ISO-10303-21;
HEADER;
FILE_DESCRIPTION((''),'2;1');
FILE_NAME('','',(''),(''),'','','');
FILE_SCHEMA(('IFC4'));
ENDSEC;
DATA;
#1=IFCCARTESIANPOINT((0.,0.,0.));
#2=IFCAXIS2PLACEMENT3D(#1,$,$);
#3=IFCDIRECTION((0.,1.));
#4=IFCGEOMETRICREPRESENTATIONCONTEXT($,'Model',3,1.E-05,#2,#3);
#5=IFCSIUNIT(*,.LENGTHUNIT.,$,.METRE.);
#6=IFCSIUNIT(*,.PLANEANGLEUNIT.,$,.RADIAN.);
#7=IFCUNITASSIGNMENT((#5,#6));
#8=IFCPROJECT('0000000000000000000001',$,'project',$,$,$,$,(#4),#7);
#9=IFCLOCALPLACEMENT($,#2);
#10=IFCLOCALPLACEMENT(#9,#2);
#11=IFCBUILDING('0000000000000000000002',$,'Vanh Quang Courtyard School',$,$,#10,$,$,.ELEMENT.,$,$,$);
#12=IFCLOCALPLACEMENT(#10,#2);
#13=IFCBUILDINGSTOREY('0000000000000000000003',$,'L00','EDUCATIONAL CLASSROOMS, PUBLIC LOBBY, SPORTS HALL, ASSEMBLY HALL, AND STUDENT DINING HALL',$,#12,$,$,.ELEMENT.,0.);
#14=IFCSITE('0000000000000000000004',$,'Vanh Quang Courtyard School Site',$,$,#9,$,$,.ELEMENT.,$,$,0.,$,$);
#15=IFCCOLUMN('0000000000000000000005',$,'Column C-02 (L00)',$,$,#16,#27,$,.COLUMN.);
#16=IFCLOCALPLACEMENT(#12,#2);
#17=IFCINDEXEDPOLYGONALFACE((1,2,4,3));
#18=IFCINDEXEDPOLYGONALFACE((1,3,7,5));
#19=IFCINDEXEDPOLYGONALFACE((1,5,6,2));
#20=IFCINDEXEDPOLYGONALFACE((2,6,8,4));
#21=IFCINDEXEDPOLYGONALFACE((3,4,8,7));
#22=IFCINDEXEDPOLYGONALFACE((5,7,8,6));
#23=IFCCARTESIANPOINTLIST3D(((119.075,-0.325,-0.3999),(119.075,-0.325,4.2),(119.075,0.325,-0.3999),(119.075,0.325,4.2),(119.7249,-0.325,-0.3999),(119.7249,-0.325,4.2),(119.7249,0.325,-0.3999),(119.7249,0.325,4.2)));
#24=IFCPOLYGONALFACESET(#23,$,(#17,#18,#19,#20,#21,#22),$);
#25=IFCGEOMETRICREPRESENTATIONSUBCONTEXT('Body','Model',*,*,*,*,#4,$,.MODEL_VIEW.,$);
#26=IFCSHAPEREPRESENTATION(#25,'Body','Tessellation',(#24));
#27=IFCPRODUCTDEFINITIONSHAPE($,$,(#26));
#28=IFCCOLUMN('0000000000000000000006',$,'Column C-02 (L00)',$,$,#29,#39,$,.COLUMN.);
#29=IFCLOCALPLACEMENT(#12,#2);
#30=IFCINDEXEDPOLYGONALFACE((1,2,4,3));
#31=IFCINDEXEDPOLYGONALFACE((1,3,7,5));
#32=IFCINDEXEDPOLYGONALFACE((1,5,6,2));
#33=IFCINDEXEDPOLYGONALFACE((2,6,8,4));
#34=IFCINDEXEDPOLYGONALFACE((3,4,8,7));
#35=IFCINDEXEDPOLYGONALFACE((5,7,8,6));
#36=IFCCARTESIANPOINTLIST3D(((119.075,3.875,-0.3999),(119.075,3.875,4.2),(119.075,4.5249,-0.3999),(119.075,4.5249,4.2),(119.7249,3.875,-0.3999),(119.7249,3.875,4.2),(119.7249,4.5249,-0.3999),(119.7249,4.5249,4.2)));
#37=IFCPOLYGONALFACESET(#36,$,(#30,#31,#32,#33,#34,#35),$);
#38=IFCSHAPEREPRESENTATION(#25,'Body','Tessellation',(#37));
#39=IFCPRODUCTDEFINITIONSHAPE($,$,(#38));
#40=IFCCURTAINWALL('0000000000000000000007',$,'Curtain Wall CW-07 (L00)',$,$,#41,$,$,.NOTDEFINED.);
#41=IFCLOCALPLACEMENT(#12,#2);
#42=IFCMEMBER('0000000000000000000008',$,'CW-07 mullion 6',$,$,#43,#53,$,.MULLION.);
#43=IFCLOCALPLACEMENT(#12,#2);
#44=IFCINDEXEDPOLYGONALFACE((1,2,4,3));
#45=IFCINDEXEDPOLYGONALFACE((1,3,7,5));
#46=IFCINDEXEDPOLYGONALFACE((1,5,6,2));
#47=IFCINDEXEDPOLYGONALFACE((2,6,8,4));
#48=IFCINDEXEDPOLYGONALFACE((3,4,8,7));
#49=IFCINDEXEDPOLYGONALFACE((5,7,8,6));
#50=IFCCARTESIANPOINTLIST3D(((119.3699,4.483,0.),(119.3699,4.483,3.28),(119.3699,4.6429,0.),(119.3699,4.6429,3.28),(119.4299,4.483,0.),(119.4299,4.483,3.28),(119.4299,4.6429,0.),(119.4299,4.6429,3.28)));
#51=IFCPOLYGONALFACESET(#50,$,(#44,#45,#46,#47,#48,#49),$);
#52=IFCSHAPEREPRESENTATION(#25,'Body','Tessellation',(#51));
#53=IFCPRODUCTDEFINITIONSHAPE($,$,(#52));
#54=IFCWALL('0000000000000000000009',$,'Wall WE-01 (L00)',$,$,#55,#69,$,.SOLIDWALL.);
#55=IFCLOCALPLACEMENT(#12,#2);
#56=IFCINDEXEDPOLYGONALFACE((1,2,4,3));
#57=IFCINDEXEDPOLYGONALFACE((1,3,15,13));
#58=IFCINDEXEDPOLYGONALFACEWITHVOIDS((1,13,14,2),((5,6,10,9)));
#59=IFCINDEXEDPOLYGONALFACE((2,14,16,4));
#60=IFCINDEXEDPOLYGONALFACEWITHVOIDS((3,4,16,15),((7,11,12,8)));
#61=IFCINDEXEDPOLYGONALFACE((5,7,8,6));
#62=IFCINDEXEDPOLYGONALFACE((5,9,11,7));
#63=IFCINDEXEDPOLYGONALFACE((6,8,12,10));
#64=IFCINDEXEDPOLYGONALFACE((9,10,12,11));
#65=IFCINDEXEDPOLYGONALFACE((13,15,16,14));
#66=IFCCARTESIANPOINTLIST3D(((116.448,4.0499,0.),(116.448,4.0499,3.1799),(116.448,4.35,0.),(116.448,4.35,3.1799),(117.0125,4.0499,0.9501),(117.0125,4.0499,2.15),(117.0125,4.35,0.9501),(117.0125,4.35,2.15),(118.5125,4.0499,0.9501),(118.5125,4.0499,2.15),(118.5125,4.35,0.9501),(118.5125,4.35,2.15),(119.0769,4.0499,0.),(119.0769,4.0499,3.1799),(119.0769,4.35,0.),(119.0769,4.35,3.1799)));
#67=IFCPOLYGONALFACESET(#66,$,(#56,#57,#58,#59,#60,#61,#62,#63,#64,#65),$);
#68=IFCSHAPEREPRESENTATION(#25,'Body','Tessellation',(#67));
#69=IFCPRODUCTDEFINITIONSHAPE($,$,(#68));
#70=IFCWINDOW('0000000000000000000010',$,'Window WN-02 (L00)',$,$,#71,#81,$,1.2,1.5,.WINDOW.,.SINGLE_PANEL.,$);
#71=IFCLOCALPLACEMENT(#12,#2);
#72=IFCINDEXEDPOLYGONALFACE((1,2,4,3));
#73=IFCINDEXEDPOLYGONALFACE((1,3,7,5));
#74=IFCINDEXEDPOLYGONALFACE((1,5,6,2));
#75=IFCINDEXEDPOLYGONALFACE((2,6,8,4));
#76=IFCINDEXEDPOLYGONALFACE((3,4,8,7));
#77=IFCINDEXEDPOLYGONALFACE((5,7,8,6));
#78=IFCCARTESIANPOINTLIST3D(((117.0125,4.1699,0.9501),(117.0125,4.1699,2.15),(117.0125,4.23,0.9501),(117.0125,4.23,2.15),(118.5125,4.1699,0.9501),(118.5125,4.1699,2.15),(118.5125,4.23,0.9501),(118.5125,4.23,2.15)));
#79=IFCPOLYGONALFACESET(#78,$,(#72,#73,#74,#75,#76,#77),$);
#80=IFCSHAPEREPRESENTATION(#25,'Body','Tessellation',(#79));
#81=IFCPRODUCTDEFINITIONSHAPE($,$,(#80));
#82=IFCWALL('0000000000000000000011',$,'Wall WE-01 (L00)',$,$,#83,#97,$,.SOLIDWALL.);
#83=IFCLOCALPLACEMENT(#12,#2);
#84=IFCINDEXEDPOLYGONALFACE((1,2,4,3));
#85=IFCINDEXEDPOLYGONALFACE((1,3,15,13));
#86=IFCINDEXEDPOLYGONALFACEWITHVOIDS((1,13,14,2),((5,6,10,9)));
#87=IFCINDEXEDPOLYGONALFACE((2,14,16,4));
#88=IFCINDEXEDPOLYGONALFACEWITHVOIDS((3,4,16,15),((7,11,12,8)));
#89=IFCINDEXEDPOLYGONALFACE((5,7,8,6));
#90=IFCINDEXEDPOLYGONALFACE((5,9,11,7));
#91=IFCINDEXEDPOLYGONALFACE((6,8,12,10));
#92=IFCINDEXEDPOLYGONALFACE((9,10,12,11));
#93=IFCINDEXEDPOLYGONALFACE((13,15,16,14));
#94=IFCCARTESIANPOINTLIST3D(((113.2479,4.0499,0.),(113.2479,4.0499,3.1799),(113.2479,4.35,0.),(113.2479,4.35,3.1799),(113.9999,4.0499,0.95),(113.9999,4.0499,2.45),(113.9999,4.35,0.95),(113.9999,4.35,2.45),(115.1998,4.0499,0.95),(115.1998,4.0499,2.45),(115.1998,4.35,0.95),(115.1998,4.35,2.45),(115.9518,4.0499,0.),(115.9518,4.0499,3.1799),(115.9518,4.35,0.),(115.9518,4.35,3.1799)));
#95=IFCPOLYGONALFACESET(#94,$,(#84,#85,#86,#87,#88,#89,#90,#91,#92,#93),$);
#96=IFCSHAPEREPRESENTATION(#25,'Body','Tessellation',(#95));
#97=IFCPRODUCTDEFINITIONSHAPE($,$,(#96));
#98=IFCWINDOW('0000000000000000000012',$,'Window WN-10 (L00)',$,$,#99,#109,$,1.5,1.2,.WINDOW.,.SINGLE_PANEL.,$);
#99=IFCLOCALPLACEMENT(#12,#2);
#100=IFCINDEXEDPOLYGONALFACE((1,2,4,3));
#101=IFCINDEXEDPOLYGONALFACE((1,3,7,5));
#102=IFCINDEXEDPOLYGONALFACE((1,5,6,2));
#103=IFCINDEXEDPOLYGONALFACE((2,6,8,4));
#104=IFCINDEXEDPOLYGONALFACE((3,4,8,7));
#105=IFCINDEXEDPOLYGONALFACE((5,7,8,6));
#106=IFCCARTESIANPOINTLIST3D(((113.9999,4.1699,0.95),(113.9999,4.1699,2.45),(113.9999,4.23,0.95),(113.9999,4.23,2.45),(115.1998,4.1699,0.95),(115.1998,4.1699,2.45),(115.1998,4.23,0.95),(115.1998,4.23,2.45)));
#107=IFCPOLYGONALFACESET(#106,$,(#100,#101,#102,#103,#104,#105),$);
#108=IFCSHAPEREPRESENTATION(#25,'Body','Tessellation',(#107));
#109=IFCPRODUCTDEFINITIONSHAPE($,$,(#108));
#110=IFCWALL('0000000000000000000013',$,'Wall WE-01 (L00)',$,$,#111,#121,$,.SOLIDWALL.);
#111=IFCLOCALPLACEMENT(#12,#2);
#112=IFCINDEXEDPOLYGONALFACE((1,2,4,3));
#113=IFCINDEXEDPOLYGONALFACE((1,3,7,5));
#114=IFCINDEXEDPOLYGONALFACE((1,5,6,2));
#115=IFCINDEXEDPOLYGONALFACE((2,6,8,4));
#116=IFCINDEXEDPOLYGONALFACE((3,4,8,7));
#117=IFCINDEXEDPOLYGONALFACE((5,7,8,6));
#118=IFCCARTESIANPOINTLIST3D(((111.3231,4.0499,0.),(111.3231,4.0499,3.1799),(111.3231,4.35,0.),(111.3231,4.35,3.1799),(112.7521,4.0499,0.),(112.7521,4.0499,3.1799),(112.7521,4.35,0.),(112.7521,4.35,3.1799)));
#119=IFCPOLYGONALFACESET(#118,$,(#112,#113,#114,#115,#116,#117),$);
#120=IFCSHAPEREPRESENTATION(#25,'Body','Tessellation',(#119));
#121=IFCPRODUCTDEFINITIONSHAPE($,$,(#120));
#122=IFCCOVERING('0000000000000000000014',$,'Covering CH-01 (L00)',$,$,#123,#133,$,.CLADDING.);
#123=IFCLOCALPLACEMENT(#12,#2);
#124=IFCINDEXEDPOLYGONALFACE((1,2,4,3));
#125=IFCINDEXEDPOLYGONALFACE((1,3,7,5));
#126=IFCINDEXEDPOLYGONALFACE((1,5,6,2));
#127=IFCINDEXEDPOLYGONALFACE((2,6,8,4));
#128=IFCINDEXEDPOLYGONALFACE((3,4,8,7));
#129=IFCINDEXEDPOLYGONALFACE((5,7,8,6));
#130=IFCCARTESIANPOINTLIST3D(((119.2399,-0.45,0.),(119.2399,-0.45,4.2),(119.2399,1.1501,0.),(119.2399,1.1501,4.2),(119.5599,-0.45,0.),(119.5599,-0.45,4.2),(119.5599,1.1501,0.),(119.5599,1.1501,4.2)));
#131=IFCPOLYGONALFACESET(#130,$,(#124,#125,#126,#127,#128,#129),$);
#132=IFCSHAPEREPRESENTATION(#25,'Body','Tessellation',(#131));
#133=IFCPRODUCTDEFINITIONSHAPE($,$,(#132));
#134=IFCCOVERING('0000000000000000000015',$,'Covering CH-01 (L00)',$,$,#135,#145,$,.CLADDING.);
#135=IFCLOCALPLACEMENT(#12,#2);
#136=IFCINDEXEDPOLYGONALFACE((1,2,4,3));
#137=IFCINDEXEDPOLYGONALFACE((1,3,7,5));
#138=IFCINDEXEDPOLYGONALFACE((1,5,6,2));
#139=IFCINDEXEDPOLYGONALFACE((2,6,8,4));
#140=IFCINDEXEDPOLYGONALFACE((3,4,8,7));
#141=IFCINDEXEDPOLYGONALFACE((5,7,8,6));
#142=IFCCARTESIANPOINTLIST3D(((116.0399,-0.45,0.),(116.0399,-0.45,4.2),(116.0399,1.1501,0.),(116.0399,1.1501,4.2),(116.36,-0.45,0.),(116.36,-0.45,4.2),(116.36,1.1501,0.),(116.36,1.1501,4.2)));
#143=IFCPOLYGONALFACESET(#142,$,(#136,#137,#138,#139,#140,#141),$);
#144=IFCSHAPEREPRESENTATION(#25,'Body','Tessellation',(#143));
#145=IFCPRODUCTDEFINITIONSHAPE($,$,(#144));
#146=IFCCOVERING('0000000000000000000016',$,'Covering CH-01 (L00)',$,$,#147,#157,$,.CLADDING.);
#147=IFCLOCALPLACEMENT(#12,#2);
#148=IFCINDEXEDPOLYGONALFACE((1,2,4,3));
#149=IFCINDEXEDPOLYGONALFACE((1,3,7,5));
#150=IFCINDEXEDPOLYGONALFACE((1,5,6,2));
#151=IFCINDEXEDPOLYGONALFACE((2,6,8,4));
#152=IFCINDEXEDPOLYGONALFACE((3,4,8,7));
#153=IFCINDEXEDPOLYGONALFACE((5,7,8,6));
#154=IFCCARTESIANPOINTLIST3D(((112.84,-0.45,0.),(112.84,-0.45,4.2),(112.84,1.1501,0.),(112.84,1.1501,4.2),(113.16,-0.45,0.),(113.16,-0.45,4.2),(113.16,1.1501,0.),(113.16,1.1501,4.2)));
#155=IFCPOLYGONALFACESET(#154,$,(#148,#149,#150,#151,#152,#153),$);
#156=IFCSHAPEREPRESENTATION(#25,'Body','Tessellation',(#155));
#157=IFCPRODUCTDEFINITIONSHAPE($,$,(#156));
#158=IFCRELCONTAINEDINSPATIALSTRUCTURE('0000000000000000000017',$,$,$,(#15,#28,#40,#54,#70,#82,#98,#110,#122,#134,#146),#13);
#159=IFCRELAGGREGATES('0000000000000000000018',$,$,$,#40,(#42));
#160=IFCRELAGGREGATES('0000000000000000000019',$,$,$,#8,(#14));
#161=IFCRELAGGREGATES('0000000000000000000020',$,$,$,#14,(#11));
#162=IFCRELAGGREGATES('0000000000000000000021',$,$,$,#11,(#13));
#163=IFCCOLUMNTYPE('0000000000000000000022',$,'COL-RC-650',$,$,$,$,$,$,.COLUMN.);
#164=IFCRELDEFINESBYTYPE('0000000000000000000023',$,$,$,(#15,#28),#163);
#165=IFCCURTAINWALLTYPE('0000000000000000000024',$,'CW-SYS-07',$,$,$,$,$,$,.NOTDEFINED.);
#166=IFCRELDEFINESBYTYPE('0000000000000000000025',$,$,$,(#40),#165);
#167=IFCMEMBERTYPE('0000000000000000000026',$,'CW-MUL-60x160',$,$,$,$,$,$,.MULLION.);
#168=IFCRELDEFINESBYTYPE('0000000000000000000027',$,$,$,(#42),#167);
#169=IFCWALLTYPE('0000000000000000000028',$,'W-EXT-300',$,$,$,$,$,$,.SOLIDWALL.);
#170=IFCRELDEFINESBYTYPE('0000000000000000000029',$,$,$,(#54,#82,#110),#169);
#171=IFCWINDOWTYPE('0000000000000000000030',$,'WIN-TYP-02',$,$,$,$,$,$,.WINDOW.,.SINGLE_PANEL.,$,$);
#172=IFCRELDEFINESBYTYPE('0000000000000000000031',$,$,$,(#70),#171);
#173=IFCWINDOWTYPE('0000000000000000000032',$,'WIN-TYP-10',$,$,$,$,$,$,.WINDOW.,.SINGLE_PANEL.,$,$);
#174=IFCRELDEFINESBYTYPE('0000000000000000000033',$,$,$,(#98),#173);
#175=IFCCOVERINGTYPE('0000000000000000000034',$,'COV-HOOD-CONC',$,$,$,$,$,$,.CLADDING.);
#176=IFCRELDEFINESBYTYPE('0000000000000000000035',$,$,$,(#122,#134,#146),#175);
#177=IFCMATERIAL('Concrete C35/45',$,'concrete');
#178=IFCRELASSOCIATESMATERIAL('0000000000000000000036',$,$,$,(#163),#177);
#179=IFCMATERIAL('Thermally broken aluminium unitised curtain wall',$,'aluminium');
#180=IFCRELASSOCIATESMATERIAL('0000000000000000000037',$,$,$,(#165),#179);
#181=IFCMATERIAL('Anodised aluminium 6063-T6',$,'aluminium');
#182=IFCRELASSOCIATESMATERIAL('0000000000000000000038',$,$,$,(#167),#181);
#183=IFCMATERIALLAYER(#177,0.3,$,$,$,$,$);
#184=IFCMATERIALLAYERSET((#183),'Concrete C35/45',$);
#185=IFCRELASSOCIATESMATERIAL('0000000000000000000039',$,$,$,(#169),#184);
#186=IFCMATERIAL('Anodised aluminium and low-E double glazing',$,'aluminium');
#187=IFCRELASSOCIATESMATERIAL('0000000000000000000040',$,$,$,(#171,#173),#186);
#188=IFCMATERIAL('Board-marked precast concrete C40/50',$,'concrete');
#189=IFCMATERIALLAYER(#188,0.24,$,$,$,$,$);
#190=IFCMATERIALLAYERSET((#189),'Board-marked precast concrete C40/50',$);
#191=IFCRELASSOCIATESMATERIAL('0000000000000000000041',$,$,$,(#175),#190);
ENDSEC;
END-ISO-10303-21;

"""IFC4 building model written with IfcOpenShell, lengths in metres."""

from ifc_helpers import new_model, si_unit, direction, frame, frame_2d, origin, origin_2d, place, context, subcontext, project, spatial, rectangle, extrude, material, layer, layer_set, material_profile, profile_set, type_object, element, fill, aggregate, save


model = new_model("IFC4")

# Units and contexts
model_context = context("Model", 3, precision=1e-05, world=origin(), true_north=direction((0.0, 1.0)))
body_context = subcontext(model_context, "Body", "Model", "MODEL_VIEW")
ifc_project = project(units=[si_unit("LENGTHUNIT", "METRE"), si_unit("PLANEANGLEUNIT", "RADIAN")], contexts=[model_context])

# Site, building, storey
site_placement = place(None, origin())
site = spatial("IfcSite", under=ifc_project, at=site_placement, Name="Vanh Quang Courtyard School Site", CompositionType="ELEMENT", RefElevation=0.0)
building_placement = place(site_placement, origin())
building = spatial("IfcBuilding", under=site, at=building_placement, Name="Vanh Quang Courtyard School", CompositionType="ELEMENT")
storey_placement = place(building_placement, origin())
storey = spatial("IfcBuildingStorey", under=building, at=storey_placement, Name="L00", Description="EDUCATIONAL CLASSROOMS, PUBLIC LOBBY, SPORTS HALL, ASSEMBLY HALL, AND STUDENT DINING HALL", CompositionType="ELEMENT", Elevation=0.0)

# Shared definitions
ifc_material_1 = material(Name="Concrete C35/45", Category="concrete")

# Columns
ifc_material_profile_1 = material_profile(ifc_material_1, rectangle(XDim=0.6499, YDim=0.6499, at=origin_2d()), Name="RC-COL 650x650")
ifc_profile_set_1 = profile_set([ifc_material_profile_1], Name="Concrete C35/45")
column_type_1 = type_object("IfcColumnType", Name="COL-RC-650", PredefinedType="COLUMN", material=ifc_profile_set_1)
for number, where, z_axis, x_axis, name in (
    (1, (119.3999, 0.0, -0.3999), (0.0, 0.0, 1.0), (1.0, 0.0, 0.0), "Column C-02 (L00)"),
    (2, (119.3999, 4.2, -0.3999), (0.0, 0.0, 1.0), (1.0, 0.0, 0.0), "Column C-02 (L00)"),
):
    element("IfcColumn", number, at=place(storey_placement, frame(where, z_axis=z_axis, x_axis=x_axis)), inside=storey, type_object=column_type_1, Name=name, PredefinedType="COLUMN", context=body_context, shape_type="SweptSolid", body=[
        extrude(rectangle(XDim=0.6499, YDim=0.6499, at=origin_2d()), origin(), (0.0, 0.0, 1.0), 4.5999),
    ])

# Curtain wall, member
ifc_material_2 = material(Name="Thermally broken aluminium unitised curtain wall", Category="aluminium")
curtain_wall_type = type_object("IfcCurtainWallType", Name="CW-SYS-07", PredefinedType="NOTDEFINED", material=ifc_material_2)
curtain_wall_placement = place(storey_placement, origin())
curtain_wall = element("IfcCurtainWall", 3, at=curtain_wall_placement, inside=storey, type_object=curtain_wall_type, Name="Curtain Wall CW-07 (L00)", PredefinedType="NOTDEFINED")
ifc_material_3 = material(Name="Anodised aluminium 6063-T6", Category="aluminium")
ifc_material_profile_2 = material_profile(ifc_material_3, rectangle(XDim=0.0601, YDim=0.1599, at=origin_2d()), Name="ALU-MUL 60x160")
ifc_profile_set_2 = profile_set([ifc_material_profile_2], Name="Anodised aluminium 6063-T6")
member_type = type_object("IfcMemberType", Name="CW-MUL-60x160", PredefinedType="MULLION", material=ifc_profile_set_2)
member_placement = place(storey_placement, frame((119.3999, 4.563, 0.0), z_axis=(0.0, 0.0, 1.0), x_axis=(1.0, 0.0, 0.0)))
member = element("IfcMember", 4, at=member_placement, type_object=member_type, Name="CW-07 mullion 6", PredefinedType="MULLION", context=body_context, shape_type="SweptSolid", body=[
    extrude(rectangle(XDim=0.0601, YDim=0.1599, at=origin_2d()), origin(), (0.0, 0.0, 1.0), 3.28),
])
aggregate(curtain_wall, [member])

# Walls, openings, windows
ifc_layer_1 = layer(ifc_material_1, 0.3)
ifc_layer_set_1 = layer_set([ifc_layer_1], Name="Concrete C35/45")
wall_type = type_object("IfcWallType", Name="W-EXT-300", PredefinedType="SOLIDWALL", material=ifc_layer_set_1)
wall_1_placement = place(storey_placement, frame((119.0769, 4.2, 0.0), z_axis=(0.0, 0.0, 1.0), x_axis=(-1.0, 0.0, 0.0)))
wall_1 = element("IfcWall", 5, at=wall_1_placement, inside=storey, type_object=wall_type, Name="Wall WE-01 (L00)", PredefinedType="SOLIDWALL", context=body_context, shape_type="SweptSolid", body=[
    extrude(rectangle(XDim=2.6289, YDim=0.3, at=frame_2d((1.3145, 0.0))), origin(), (0.0, 0.0, 1.0), 3.1799),
])
opening_1_placement = place(wall_1_placement, frame((0.5645, 0.0, 0.95)))
opening_1 = element("IfcOpeningElement", 6, at=opening_1_placement, cuts=wall_1, PredefinedType="OPENING", context=body_context, shape_type="SweptSolid", body=[
    extrude(rectangle(XDim=1.5, YDim=1.2, at=frame_2d((0.75, 0.6001))), frame((0.0, 0.1602, 0.0), z_axis=(0.0, -1.0, 0.0), x_axis=(1.0, 0.0, 0.0)), (0.0, 0.0, 1.0), 0.3201),
])
ifc_material_4 = material(Name="Anodised aluminium and low-E double glazing", Category="aluminium")
window_type_1 = type_object("IfcWindowType", Name="WIN-TYP-02", PartitioningType="SINGLE_PANEL", PredefinedType="WINDOW", material=ifc_material_4)
window_1_placement = place(opening_1_placement, origin())
window_1 = element("IfcWindow", 7, at=window_1_placement, inside=storey, type_object=window_type_1, Name="Window WN-02 (L00)", OverallHeight=1.2, OverallWidth=1.5, PartitioningType="SINGLE_PANEL", PredefinedType="WINDOW", context=body_context, shape_type="SweptSolid", body=[
    extrude(rectangle(XDim=1.5, YDim=1.2, at=frame_2d((0.75, 0.6001))), frame((0.0, 0.03, 0.0), z_axis=(0.0, -1.0, 0.0), x_axis=(1.0, 0.0, 0.0)), (0.0, 0.0, 1.0), 0.0601),
])
fill(opening_1, window_1)
wall_2_placement = place(storey_placement, frame((115.9519, 4.2, 0.0), z_axis=(0.0, 0.0, 1.0), x_axis=(-1.0, 0.0, 0.0)))
wall_2 = element("IfcWall", 8, at=wall_2_placement, inside=storey, type_object=wall_type, Name="Wall WE-01 (L00)", PredefinedType="SOLIDWALL", context=body_context, shape_type="SweptSolid", body=[
    extrude(rectangle(XDim=2.7039, YDim=0.3, at=frame_2d((1.3521, 0.0))), origin(), (0.0, 0.0, 1.0), 3.1799),
])
opening_2_placement = place(wall_2_placement, frame((0.752, 0.0, 0.95)))
opening_2 = element("IfcOpeningElement", 9, at=opening_2_placement, cuts=wall_2, PredefinedType="OPENING", context=body_context, shape_type="SweptSolid", body=[
    extrude(rectangle(XDim=1.2, YDim=1.5, at=frame_2d((0.6001, 0.75))), frame((0.0, 0.1602, 0.0), z_axis=(0.0, -1.0, 0.0), x_axis=(1.0, 0.0, 0.0)), (0.0, 0.0, 1.0), 0.3201),
])
window_type_2 = type_object("IfcWindowType", Name="WIN-TYP-10", PartitioningType="SINGLE_PANEL", PredefinedType="WINDOW", material=ifc_material_4)
window_2_placement = place(opening_2_placement, origin())
window_2 = element("IfcWindow", 10, at=window_2_placement, inside=storey, type_object=window_type_2, Name="Window WN-10 (L00)", OverallHeight=1.5, OverallWidth=1.2, PartitioningType="SINGLE_PANEL", PredefinedType="WINDOW", context=body_context, shape_type="SweptSolid", body=[
    extrude(rectangle(XDim=1.2, YDim=1.5, at=frame_2d((0.6001, 0.75))), frame((0.0, 0.03, 0.0), z_axis=(0.0, -1.0, 0.0), x_axis=(1.0, 0.0, 0.0)), (0.0, 0.0, 1.0), 0.0601),
])
fill(opening_2, window_2)

# Wall
wall_3_placement = place(storey_placement, frame((112.752, 4.2, 0.0), z_axis=(0.0, 0.0, 1.0), x_axis=(-1.0, 0.0, 0.0)))
element("IfcWall", 11, at=wall_3_placement, inside=storey, type_object=wall_type, Name="Wall WE-01 (L00)", PredefinedType="SOLIDWALL", context=body_context, shape_type="SweptSolid", body=[
    extrude(rectangle(XDim=1.429, YDim=0.3, at=frame_2d((0.7144, 0.0))), origin(), (0.0, 0.0, 1.0), 3.1799),
])

# Coverings
ifc_material_5 = material(Name="Board-marked precast concrete C40/50", Category="concrete")
ifc_layer_2 = layer(ifc_material_5, 0.24)
ifc_layer_set_2 = layer_set([ifc_layer_2], Name="Board-marked precast concrete C40/50")
covering_type = type_object("IfcCoveringType", Name="COV-HOOD-CONC", PredefinedType="CLADDING", material=ifc_layer_set_2)
for number, where, z_axis, x_axis, name in (
    (12, (119.3999, 0.3501, 0.0), (0.0, 0.0, 1.0), (0.0, 1.0, 0.0), "Covering CH-01 (L00)"),
    (13, (116.2, 0.3501, 0.0), (0.0, 0.0, 1.0), (0.0, 1.0, 0.0), "Covering CH-01 (L00)"),
    (14, (113.0, 0.3501, 0.0), (0.0, 0.0, 1.0), (0.0, 1.0, 0.0), "Covering CH-01 (L00)"),
):
    element("IfcCovering", number, at=place(storey_placement, frame(where, z_axis=z_axis, x_axis=x_axis)), inside=storey, type_object=covering_type, Name=name, PredefinedType="CLADDING", context=body_context, shape_type="SweptSolid", body=[
        extrude(rectangle(XDim=1.6001, YDim=0.3201, at=origin_2d()), origin(), (0.0, 0.0, 1.0), 4.2),
    ])

save(model, "model.ifc")
